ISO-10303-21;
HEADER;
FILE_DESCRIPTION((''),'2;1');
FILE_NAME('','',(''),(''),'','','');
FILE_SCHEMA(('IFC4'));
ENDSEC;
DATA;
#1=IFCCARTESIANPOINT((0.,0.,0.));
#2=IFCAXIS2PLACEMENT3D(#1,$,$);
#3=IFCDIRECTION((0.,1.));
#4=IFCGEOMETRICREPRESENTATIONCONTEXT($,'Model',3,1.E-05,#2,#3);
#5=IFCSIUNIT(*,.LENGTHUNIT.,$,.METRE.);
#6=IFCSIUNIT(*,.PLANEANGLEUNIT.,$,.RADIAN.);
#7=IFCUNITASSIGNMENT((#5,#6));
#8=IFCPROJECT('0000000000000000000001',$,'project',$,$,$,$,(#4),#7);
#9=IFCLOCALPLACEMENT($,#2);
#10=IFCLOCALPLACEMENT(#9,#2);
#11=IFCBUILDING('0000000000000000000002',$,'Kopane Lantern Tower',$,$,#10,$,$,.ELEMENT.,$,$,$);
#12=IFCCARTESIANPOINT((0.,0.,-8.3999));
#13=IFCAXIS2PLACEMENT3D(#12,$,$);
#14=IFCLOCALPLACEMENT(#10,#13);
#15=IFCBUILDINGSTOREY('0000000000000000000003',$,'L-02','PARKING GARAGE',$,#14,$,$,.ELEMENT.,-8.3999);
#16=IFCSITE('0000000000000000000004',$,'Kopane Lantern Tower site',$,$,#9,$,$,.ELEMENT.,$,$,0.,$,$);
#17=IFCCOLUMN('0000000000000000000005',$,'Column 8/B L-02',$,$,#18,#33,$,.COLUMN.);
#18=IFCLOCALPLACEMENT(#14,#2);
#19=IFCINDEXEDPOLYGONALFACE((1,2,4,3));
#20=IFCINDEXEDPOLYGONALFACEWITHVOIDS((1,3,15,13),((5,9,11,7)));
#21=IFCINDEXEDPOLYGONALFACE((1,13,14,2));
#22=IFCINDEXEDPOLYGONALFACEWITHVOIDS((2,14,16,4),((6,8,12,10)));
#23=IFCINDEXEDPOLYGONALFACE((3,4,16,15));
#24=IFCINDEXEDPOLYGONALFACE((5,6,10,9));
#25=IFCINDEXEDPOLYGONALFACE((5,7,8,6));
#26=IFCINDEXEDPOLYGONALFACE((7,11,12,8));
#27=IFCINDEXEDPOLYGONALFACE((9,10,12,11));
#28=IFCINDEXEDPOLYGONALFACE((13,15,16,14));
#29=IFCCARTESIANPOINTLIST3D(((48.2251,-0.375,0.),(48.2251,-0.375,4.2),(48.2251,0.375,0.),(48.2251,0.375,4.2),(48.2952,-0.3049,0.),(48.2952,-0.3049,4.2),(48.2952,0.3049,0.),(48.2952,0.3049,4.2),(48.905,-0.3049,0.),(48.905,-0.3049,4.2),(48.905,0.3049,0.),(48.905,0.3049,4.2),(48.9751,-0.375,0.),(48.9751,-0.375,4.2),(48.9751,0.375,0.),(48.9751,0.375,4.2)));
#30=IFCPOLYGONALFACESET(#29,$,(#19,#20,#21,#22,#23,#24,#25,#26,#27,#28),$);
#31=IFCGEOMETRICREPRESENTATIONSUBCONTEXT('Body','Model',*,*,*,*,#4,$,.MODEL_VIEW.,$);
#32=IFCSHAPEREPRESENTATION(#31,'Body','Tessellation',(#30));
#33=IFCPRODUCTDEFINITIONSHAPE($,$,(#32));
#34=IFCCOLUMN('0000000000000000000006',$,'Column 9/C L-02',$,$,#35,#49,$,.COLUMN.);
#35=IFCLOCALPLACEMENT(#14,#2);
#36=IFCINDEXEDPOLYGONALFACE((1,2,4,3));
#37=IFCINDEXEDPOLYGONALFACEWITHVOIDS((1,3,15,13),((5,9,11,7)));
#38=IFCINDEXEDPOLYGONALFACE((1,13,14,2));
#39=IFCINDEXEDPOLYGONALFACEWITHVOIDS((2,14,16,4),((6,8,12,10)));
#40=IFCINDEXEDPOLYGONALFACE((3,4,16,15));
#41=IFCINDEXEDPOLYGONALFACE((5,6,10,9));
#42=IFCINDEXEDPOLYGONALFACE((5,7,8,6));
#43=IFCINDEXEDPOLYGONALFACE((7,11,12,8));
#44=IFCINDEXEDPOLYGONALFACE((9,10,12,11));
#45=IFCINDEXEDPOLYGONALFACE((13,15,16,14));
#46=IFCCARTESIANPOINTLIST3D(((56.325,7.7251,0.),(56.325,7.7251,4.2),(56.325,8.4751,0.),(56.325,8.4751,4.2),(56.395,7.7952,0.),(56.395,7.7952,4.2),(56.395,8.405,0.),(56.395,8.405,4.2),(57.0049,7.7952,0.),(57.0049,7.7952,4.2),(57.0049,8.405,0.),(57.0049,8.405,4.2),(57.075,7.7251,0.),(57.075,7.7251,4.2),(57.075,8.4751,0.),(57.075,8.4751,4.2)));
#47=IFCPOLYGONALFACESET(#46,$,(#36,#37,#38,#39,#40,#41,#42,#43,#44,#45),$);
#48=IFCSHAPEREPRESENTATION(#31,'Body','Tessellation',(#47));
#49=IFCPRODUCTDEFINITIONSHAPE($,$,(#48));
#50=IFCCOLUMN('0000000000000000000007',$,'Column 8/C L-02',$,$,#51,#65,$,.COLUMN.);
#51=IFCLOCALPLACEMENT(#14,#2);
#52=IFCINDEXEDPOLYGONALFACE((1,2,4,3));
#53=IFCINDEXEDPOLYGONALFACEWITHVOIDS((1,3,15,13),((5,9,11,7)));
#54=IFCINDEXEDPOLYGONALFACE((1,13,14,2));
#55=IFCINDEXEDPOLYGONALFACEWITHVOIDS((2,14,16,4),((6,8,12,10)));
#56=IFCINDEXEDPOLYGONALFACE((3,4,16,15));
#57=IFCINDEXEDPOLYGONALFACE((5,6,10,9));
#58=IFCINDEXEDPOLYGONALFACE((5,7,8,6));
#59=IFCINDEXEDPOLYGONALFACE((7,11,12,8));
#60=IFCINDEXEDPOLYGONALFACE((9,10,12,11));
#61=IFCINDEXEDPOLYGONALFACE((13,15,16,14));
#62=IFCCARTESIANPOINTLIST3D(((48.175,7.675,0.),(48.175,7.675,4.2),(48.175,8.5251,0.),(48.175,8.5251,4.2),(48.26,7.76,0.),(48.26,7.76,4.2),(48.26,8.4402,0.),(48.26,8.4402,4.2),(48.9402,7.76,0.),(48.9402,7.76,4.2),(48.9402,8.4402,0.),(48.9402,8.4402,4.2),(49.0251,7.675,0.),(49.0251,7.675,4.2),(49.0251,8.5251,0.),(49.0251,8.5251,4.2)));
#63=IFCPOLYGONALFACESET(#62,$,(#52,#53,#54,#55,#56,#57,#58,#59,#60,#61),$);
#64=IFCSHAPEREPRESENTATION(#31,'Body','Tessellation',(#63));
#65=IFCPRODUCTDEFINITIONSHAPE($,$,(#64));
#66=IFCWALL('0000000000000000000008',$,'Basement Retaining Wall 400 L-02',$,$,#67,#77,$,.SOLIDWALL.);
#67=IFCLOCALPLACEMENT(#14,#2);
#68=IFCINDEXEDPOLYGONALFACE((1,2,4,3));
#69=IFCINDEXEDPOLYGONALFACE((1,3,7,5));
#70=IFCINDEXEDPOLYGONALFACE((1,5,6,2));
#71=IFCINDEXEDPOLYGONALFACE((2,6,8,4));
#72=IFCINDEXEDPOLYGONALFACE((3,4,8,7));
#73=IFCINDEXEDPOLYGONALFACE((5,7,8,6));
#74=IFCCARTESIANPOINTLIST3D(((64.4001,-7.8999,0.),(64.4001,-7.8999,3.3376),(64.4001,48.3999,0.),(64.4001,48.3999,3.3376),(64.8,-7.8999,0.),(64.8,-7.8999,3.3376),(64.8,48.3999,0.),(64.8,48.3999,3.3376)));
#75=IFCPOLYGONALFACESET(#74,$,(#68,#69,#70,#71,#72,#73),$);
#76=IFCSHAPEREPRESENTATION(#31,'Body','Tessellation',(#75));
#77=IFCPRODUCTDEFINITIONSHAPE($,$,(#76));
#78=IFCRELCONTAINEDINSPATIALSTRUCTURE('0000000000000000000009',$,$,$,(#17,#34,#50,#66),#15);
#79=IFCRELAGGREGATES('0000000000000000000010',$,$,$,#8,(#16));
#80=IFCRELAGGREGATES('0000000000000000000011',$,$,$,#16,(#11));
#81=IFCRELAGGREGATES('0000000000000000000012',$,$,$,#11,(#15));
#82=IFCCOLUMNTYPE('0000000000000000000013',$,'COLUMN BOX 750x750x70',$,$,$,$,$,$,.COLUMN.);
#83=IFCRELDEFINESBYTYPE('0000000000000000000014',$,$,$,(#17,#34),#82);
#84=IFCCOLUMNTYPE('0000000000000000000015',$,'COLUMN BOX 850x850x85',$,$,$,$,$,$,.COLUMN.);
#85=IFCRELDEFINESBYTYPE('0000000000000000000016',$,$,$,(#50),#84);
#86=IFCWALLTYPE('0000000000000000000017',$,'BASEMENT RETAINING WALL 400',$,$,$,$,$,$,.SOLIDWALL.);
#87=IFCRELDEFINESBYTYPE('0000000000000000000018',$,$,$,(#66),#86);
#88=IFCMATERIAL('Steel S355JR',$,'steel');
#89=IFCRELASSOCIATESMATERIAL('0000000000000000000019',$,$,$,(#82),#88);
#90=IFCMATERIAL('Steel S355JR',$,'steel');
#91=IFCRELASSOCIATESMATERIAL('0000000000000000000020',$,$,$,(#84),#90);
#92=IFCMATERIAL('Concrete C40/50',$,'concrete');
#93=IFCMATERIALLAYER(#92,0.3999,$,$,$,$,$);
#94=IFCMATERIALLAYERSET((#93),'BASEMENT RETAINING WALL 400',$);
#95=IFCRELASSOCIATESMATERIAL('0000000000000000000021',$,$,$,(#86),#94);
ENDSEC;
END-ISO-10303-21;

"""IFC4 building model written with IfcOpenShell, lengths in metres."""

from ifc_helpers import new_model, si_unit, direction, frame, frame_2d, origin, origin_2d, place, context, subcontext, project, spatial, rectangle, hollow_rectangle, extrude, material, layer, layer_set, material_profile, profile_set, type_object, element, save


model = new_model("IFC4")

# Units and contexts
model_context = context("Model", 3, precision=1e-05, world=origin(), true_north=direction((0.0, 1.0)))
body_context = subcontext(model_context, "Body", "Model", "MODEL_VIEW")
ifc_project = project(units=[si_unit("LENGTHUNIT", "METRE"), si_unit("PLANEANGLEUNIT", "RADIAN")], contexts=[model_context])

# Site, building, storey
site_placement = place(None, origin())
site = spatial("IfcSite", under=ifc_project, at=site_placement, Name="Kopane Lantern Tower site", CompositionType="ELEMENT", RefElevation=0.0)
building_placement = place(site_placement, origin())
building = spatial("IfcBuilding", under=site, at=building_placement, Name="Kopane Lantern Tower", CompositionType="ELEMENT")
storey_placement = place(building_placement, frame((0.0, 0.0, -8.3999)))
storey = spatial("IfcBuildingStorey", under=building, at=storey_placement, Name="L-02", Description="PARKING GARAGE", CompositionType="ELEMENT", Elevation=-8.3999)

# Columns
ifc_material_1 = material(Name="Steel S355JR", Category="steel")
ifc_material_profile_1 = material_profile(ifc_material_1, hollow_rectangle(XDim=0.75, YDim=0.75, WallThickness=0.0701, at=origin_2d()), Name="BOX 750x750x70")
ifc_profile_set_1 = profile_set([ifc_material_profile_1], Name="Steel S355JR")
column_type_1 = type_object("IfcColumnType", Name="COLUMN BOX 750x750x70", PredefinedType="COLUMN", material=ifc_profile_set_1)
for number, where, z_axis, x_axis, name in (
    (1, (48.6001, 0.0, 0.0), (0.0, 0.0, 1.0), (1.0, 0.0, 0.0), "Column 8/B L-02"),
    (2, (56.7, 8.1001, 0.0), (0.0, 0.0, 1.0), (1.0, 0.0, 0.0), "Column 9/C L-02"),
):
    element("IfcColumn", number, at=place(storey_placement, frame(where, z_axis=z_axis, x_axis=x_axis)), inside=storey, type_object=column_type_1, Name=name, PredefinedType="COLUMN", context=body_context, shape_type="SweptSolid", body=[
        extrude(hollow_rectangle(XDim=0.75, YDim=0.75, WallThickness=0.0701, at=origin_2d()), origin(), (0.0, 0.0, 1.0), 4.2),
    ])
ifc_material_2 = material(Name="Steel S355JR", Category="steel")
ifc_material_profile_2 = material_profile(ifc_material_2, hollow_rectangle(XDim=0.8501, YDim=0.8501, WallThickness=0.085, at=origin_2d()), Name="BOX 850x850x85")
ifc_profile_set_2 = profile_set([ifc_material_profile_2], Name="Steel S355JR")
column_type_2 = type_object("IfcColumnType", Name="COLUMN BOX 850x850x85", PredefinedType="COLUMN", material=ifc_profile_set_2)
column_1_placement = place(storey_placement, frame((48.6001, 8.1001, 0.0), z_axis=(0.0, 0.0, 1.0), x_axis=(1.0, 0.0, 0.0)))
element("IfcColumn", 3, at=column_1_placement, inside=storey, type_object=column_type_2, Name="Column 8/C L-02", PredefinedType="COLUMN", context=body_context, shape_type="SweptSolid", body=[
    extrude(hollow_rectangle(XDim=0.8501, YDim=0.8501, WallThickness=0.085, at=origin_2d()), origin(), (0.0, 0.0, 1.0), 4.2),
])

# Wall
ifc_material_3 = material(Name="Concrete C40/50", Category="concrete")
ifc_layer = layer(ifc_material_3, 0.3999)
ifc_layer_set = layer_set([ifc_layer], Name="BASEMENT RETAINING WALL 400")
wall_type = type_object("IfcWallType", Name="BASEMENT RETAINING WALL 400", PredefinedType="SOLIDWALL", material=ifc_layer_set)
wall_placement = place(storey_placement, frame((64.6001, -7.8999, 0.0), z_axis=(0.0, 0.0, 1.0), x_axis=(0.0, 1.0, 0.0)))
element("IfcWall", 4, at=wall_placement, inside=storey, type_object=wall_type, Name="Basement Retaining Wall 400 L-02", PredefinedType="SOLIDWALL", context=body_context, shape_type="SweptSolid", body=[
    extrude(rectangle(XDim=56.2998, YDim=0.3999, at=frame_2d((28.1499, 0.0))), origin(), (0.0, 0.0, 1.0), 3.3376),
])

save(model, "model.ifc")
